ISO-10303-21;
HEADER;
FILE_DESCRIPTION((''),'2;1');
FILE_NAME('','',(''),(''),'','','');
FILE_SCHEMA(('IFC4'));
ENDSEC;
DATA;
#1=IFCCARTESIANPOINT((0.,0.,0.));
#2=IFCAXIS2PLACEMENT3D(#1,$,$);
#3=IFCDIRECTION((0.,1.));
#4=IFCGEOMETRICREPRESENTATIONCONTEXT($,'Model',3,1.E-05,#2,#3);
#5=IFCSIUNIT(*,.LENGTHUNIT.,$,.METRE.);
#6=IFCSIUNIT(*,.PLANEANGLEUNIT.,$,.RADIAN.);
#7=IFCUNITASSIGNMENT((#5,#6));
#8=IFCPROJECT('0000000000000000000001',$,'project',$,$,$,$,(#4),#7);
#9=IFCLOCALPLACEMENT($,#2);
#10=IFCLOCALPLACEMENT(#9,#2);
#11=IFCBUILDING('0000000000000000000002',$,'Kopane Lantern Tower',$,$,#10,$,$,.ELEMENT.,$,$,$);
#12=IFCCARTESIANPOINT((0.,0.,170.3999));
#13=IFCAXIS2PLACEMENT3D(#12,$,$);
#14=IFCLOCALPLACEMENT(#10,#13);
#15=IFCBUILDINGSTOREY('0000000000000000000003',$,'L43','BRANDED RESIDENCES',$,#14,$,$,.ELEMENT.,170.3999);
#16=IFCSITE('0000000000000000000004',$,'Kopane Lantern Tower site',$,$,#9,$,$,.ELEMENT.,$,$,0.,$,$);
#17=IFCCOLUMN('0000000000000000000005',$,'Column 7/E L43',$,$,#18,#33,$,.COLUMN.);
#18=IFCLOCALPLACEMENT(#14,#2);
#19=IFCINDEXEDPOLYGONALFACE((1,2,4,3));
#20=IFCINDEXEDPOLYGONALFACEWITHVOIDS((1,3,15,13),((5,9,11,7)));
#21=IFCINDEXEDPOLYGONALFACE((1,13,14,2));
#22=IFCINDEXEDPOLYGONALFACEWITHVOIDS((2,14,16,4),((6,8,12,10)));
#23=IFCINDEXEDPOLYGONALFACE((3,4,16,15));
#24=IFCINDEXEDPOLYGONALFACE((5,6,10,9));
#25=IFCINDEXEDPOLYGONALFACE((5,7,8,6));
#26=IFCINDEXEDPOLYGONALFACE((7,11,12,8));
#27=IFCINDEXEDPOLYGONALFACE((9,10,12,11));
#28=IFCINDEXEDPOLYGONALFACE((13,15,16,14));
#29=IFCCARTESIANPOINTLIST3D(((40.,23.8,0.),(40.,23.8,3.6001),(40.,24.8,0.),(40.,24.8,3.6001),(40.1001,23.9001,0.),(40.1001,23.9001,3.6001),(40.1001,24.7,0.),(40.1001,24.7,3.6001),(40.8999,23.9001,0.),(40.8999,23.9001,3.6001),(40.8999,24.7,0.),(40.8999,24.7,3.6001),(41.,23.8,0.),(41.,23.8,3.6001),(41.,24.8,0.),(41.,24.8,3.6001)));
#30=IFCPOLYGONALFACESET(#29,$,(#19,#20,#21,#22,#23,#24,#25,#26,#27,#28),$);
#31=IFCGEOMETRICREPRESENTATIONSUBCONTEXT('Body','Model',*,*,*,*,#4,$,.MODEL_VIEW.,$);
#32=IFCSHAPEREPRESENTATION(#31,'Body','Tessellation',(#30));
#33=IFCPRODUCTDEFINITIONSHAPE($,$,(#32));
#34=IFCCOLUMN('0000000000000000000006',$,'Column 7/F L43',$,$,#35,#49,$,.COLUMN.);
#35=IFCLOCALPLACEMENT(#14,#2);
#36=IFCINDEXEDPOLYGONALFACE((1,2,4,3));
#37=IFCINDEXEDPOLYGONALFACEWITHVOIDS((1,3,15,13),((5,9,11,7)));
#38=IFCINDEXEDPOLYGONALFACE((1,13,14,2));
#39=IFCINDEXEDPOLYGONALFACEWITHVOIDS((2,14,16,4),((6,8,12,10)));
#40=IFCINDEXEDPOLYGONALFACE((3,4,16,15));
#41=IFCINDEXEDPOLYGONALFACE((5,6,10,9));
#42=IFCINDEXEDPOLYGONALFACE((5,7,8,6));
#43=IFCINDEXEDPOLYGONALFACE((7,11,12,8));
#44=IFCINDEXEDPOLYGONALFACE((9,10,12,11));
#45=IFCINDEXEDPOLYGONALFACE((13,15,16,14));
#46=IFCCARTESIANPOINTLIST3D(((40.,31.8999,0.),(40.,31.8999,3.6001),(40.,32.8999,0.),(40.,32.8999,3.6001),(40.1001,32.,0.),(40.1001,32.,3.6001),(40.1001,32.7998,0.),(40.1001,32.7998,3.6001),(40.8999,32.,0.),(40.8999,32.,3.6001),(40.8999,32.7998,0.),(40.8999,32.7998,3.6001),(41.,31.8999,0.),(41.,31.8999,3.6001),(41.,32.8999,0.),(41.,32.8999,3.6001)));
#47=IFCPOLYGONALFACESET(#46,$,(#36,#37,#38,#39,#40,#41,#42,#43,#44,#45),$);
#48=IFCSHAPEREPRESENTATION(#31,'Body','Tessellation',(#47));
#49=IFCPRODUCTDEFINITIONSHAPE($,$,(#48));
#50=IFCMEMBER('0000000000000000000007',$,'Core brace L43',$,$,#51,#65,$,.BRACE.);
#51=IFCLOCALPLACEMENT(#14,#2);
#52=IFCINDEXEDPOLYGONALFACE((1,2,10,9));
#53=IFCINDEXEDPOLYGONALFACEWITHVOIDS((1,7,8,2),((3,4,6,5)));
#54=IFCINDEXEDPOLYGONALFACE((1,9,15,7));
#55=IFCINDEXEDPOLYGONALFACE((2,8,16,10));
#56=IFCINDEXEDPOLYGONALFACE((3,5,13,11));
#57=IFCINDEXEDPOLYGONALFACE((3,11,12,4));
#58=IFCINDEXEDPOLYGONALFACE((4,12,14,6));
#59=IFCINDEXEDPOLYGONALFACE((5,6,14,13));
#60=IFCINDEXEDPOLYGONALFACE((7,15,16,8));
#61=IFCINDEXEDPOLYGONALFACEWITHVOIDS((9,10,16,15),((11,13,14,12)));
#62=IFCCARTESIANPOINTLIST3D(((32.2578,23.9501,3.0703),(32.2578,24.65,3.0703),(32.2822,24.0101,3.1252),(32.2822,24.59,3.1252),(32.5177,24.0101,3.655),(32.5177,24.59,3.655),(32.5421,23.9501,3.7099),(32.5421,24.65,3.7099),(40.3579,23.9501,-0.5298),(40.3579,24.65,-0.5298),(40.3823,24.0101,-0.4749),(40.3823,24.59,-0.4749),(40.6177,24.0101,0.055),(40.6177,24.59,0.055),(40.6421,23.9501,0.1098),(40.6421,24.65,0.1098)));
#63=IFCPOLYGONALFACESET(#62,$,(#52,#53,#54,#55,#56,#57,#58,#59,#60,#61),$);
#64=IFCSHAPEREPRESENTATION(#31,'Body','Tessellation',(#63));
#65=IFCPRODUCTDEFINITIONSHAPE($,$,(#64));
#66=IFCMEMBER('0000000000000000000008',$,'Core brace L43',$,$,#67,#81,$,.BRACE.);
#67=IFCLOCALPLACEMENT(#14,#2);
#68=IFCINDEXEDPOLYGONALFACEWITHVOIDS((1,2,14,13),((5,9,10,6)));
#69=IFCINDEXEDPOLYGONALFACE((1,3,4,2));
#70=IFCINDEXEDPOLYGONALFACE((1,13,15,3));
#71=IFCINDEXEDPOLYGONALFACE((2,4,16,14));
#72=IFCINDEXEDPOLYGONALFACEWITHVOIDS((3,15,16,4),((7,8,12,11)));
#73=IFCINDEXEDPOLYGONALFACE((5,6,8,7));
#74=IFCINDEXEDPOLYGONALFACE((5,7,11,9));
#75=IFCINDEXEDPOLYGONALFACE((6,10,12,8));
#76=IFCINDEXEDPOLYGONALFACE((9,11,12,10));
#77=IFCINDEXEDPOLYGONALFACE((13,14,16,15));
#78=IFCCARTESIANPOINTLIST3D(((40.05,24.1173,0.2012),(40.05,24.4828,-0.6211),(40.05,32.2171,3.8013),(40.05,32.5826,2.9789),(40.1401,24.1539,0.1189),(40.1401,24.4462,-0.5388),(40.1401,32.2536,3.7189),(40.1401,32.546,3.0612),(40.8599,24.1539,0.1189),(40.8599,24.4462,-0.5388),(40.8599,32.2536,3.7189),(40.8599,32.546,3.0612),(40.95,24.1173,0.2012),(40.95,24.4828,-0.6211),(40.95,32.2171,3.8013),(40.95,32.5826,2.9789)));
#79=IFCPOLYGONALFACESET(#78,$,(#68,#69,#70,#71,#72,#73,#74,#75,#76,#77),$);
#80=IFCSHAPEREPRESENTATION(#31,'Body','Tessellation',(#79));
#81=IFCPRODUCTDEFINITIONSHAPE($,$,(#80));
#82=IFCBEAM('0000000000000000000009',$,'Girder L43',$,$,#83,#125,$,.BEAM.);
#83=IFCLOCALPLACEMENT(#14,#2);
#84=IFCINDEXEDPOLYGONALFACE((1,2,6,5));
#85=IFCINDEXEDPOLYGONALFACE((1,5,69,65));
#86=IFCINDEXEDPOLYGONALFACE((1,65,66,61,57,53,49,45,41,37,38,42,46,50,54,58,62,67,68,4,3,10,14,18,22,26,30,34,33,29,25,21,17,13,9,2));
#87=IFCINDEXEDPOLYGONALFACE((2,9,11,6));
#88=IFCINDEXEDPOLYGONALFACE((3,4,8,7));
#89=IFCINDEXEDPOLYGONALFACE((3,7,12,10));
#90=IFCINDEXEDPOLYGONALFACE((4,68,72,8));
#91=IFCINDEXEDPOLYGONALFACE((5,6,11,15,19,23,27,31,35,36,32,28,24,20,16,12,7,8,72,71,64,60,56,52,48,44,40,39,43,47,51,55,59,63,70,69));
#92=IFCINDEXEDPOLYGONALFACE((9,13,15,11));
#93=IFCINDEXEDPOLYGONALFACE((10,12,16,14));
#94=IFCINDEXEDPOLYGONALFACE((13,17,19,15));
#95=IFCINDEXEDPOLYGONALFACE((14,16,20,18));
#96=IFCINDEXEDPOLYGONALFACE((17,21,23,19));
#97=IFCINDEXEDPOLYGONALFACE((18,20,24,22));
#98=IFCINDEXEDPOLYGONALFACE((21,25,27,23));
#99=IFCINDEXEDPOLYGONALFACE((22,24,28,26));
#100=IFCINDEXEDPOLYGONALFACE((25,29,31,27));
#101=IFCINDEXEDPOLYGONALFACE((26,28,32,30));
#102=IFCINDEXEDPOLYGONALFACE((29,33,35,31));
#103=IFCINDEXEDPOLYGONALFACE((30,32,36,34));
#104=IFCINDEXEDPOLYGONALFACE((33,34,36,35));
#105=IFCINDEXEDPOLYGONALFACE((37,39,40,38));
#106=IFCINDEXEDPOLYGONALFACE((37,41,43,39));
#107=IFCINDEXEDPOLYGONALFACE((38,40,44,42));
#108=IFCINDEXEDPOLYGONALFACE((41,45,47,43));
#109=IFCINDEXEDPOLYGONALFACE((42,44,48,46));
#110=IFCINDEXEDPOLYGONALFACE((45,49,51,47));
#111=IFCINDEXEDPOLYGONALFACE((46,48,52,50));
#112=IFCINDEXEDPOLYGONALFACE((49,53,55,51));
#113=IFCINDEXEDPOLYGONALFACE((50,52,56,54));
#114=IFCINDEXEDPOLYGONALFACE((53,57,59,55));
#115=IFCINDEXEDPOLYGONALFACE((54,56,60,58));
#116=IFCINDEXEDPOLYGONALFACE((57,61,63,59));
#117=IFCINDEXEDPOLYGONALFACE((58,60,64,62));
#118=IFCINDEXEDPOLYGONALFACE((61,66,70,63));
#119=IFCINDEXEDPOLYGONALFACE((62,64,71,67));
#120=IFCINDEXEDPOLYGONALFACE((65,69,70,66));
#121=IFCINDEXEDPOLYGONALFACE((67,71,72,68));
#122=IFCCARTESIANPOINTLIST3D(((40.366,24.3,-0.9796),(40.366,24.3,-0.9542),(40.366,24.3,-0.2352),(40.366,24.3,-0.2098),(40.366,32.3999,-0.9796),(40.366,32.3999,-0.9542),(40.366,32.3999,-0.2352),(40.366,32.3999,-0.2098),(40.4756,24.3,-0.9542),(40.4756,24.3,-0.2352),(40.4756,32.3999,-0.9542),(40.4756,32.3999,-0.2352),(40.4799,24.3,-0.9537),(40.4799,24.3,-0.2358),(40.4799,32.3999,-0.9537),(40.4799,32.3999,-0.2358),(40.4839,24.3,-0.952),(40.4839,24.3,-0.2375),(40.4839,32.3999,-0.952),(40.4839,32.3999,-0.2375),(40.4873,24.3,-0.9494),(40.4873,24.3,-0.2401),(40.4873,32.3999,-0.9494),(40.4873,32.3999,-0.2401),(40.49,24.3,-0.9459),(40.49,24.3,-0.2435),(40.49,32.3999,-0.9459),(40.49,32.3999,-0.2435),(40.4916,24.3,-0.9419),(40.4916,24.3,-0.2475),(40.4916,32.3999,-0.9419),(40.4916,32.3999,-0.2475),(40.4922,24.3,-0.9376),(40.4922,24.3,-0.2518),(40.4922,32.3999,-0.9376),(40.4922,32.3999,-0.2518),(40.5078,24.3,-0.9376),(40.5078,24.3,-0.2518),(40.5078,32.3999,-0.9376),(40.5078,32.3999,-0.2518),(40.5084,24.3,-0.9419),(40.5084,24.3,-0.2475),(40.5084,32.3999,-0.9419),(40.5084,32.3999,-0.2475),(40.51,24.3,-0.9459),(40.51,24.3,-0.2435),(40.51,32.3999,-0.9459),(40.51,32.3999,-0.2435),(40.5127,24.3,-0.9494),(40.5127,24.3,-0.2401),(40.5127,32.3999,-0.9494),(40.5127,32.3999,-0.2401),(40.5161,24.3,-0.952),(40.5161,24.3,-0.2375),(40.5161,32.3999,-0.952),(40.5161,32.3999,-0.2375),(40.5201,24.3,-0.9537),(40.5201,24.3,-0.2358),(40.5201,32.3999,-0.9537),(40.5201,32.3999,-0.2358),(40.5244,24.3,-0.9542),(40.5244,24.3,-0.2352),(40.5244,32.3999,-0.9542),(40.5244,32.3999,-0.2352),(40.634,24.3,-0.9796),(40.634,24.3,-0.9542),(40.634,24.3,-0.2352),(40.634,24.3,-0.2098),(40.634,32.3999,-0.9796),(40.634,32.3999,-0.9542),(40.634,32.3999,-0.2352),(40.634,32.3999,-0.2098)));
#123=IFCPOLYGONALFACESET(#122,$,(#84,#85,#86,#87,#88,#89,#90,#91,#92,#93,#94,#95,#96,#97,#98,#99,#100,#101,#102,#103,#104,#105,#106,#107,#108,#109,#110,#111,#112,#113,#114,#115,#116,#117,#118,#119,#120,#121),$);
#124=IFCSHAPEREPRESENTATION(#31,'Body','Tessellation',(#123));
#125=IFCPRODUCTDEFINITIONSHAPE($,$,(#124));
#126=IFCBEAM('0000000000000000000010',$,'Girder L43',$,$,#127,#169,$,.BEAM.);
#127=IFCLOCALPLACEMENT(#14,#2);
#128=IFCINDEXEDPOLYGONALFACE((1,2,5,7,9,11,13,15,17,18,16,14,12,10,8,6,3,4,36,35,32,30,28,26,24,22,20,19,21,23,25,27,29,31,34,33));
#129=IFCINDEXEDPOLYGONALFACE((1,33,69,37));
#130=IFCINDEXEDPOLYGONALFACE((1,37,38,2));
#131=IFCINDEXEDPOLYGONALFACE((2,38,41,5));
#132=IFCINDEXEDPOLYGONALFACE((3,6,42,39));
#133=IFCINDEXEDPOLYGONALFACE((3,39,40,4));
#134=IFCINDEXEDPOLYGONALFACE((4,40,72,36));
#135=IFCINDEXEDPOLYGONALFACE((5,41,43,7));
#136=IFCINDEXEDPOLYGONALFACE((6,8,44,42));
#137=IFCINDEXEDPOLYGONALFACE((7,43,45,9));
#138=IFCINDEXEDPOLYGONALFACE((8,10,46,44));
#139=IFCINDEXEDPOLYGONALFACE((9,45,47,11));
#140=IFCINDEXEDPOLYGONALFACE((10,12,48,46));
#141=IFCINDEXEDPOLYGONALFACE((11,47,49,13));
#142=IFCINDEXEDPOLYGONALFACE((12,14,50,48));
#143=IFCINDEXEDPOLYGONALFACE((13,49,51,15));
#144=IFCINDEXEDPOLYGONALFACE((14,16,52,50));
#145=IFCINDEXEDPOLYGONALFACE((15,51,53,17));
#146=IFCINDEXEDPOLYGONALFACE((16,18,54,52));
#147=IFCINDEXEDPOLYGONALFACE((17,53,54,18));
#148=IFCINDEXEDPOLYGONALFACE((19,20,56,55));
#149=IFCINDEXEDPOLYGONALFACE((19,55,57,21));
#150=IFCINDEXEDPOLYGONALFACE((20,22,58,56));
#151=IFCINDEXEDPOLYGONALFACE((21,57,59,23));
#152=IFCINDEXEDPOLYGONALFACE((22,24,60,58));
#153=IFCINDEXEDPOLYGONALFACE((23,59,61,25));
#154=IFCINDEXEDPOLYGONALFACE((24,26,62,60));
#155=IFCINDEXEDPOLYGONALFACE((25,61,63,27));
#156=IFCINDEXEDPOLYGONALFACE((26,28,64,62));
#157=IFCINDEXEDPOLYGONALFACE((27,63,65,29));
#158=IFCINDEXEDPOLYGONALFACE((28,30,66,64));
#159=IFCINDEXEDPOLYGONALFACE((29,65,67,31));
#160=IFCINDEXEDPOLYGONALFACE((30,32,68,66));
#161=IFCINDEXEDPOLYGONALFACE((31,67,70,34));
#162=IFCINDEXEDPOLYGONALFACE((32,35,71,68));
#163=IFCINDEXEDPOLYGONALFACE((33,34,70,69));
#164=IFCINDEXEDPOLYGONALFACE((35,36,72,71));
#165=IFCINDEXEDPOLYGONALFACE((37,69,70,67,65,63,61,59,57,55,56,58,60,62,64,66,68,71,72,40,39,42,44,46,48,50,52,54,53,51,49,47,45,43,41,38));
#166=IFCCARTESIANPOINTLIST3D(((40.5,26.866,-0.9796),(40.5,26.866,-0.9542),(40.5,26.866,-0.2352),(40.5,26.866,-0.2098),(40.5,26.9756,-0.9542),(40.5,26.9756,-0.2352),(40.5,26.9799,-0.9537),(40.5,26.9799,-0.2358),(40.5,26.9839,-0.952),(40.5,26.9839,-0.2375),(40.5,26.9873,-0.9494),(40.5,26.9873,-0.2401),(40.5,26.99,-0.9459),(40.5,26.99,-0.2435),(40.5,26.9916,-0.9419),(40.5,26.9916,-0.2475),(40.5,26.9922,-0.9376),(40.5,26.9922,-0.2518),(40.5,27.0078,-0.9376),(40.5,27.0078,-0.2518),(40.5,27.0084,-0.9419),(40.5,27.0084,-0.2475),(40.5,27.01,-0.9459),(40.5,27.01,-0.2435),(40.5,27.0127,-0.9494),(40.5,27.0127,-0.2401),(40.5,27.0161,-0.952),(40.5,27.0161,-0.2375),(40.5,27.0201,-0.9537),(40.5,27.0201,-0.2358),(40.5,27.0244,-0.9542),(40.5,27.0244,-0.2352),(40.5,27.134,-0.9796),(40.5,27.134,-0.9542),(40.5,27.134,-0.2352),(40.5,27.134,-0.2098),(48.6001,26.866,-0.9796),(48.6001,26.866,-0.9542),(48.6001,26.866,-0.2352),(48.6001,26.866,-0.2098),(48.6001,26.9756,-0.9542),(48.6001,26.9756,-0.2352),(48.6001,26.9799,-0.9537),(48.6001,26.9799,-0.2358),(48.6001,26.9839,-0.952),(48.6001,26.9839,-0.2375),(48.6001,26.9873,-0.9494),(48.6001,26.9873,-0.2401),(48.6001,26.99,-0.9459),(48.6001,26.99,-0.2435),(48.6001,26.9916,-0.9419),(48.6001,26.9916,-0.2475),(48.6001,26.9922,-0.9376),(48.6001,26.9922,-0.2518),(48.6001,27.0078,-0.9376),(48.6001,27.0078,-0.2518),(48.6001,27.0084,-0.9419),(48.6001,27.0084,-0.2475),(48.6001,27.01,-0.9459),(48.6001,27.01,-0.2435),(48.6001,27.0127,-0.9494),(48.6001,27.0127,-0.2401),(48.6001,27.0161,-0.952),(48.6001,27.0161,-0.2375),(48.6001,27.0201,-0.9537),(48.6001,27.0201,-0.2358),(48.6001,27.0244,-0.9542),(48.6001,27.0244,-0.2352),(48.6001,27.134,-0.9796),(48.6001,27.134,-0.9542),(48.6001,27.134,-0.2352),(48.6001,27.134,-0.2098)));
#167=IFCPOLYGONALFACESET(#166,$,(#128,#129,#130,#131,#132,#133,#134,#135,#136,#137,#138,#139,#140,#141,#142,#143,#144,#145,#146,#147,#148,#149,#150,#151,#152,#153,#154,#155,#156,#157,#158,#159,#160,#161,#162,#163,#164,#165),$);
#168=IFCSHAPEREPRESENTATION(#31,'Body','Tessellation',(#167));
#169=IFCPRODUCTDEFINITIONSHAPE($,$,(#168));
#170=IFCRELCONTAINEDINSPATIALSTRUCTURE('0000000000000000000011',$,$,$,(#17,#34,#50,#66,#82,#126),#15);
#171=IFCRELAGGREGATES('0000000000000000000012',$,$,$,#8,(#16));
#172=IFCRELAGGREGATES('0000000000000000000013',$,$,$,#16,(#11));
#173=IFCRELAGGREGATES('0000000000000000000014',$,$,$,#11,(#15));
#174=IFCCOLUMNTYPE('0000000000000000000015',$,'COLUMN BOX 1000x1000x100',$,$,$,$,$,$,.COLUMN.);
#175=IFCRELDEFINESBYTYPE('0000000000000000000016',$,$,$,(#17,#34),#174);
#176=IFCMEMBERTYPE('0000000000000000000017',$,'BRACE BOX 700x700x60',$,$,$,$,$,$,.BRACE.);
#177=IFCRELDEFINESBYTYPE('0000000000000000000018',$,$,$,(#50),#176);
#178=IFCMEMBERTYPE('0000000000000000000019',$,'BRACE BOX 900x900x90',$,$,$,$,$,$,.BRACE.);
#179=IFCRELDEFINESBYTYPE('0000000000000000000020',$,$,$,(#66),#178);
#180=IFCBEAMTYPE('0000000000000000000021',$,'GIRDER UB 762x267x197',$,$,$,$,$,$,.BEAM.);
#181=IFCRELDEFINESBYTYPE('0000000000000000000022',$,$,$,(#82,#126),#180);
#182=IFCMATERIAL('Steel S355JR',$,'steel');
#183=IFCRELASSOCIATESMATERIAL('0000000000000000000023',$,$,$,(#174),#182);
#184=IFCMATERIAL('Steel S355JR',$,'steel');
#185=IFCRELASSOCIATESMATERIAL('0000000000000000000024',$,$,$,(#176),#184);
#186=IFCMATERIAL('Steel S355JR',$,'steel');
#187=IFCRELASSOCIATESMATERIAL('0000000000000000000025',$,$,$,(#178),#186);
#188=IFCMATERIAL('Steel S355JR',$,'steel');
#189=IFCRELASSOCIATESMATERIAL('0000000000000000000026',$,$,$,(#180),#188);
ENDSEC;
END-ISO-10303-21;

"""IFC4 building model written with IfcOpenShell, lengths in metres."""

from ifc_helpers import new_model, si_unit, direction, frame, origin, origin_2d, place, context, subcontext, project, spatial, hollow_rectangle, i_section, extrude, material, material_profile, profile_set, type_object, element, save


model = new_model("IFC4")

# Units and contexts
model_context = context("Model", 3, precision=1e-05, world=origin(), true_north=direction((0.0, 1.0)))
body_context = subcontext(model_context, "Body", "Model", "MODEL_VIEW")
ifc_project = project(units=[si_unit("LENGTHUNIT", "METRE"), si_unit("PLANEANGLEUNIT", "RADIAN")], contexts=[model_context])

# Site, building, storey
site_placement = place(None, origin())
site = spatial("IfcSite", under=ifc_project, at=site_placement, Name="Kopane Lantern Tower site", CompositionType="ELEMENT", RefElevation=0.0)
building_placement = place(site_placement, origin())
building = spatial("IfcBuilding", under=site, at=building_placement, Name="Kopane Lantern Tower", CompositionType="ELEMENT")
storey_placement = place(building_placement, frame((0.0, 0.0, 170.3999)))
storey = spatial("IfcBuildingStorey", under=building, at=storey_placement, Name="L43", Description="BRANDED RESIDENCES", CompositionType="ELEMENT", Elevation=170.3999)

# Columns
ifc_material_1 = material(Name="Steel S355JR", Category="steel")
ifc_material_profile_1 = material_profile(ifc_material_1, hollow_rectangle(XDim=1.0, YDim=1.0, WallThickness=0.1001, at=origin_2d()), Name="BOX 1000x1000x100")
ifc_profile_set_1 = profile_set([ifc_material_profile_1], Name="Steel S355JR")
column_type = type_object("IfcColumnType", Name="COLUMN BOX 1000x1000x100", PredefinedType="COLUMN", material=ifc_profile_set_1)
for number, where, z_axis, x_axis, name in (
    (1, (40.5, 24.3, 0.0), (0.0, 0.0, 1.0), (1.0, 0.0, 0.0), "Column 7/E L43"),
    (2, (40.5, 32.3999, 0.0), (0.0, 0.0, 1.0), (1.0, 0.0, 0.0), "Column 7/F L43"),
):
    element("IfcColumn", number, at=place(storey_placement, frame(where, z_axis=z_axis, x_axis=x_axis)), inside=storey, type_object=column_type, Name=name, PredefinedType="COLUMN", context=body_context, shape_type="SweptSolid", body=[
        extrude(hollow_rectangle(XDim=1.0, YDim=1.0, WallThickness=0.1001, at=origin_2d()), origin(), (0.0, 0.0, 1.0), 3.6001),
    ])

# Members
ifc_material_2 = material(Name="Steel S355JR", Category="steel")
ifc_material_profile_2 = material_profile(ifc_material_2, hollow_rectangle(XDim=0.7, YDim=0.7, WallThickness=0.0601, at=origin_2d()), Name="BOX 700x700x60")
ifc_profile_set_2 = profile_set([ifc_material_profile_2], Name="Steel S355JR")
member_type_1 = type_object("IfcMemberType", Name="BRACE BOX 700x700x60", PredefinedType="BRACE", material=ifc_profile_set_2)
member_1_placement = place(storey_placement, frame((40.5, 24.3, -0.21), z_axis=(-0.913809, 0.0, 0.406144), x_axis=(0.0, -1.0, 0.0)))
element("IfcMember", 3, at=member_1_placement, inside=storey, type_object=member_type_1, Name="Core brace L43", PredefinedType="BRACE", context=body_context, shape_type="SweptSolid", body=[
    extrude(hollow_rectangle(XDim=0.7, YDim=0.7, WallThickness=0.0601, at=origin_2d()), origin(), (0.0, 0.0, 1.0), 8.864),
])
ifc_material_3 = material(Name="Steel S355JR", Category="steel")
ifc_material_profile_3 = material_profile(ifc_material_3, hollow_rectangle(XDim=0.8999, YDim=0.8999, WallThickness=0.0901, at=origin_2d()), Name="BOX 900x900x90")
ifc_profile_set_3 = profile_set([ifc_material_profile_3], Name="Steel S355JR")
member_type_2 = type_object("IfcMemberType", Name="BRACE BOX 900x900x90", PredefinedType="BRACE", material=ifc_profile_set_3)
member_2_placement = place(storey_placement, frame((40.5, 24.3, -0.21), z_axis=(0.0, 0.913805, 0.406154), x_axis=(-1.0, 0.0, 0.0)))
element("IfcMember", 4, at=member_2_placement, inside=storey, type_object=member_type_2, Name="Core brace L43", PredefinedType="BRACE", context=body_context, shape_type="SweptSolid", body=[
    extrude(hollow_rectangle(XDim=0.8999, YDim=0.8999, WallThickness=0.0901, at=origin_2d()), origin(), (0.0, 0.0, 1.0), 8.8638),
])

# Beams
ifc_material_4 = material(Name="Steel S355JR", Category="steel")
ifc_material_profile_4 = material_profile(ifc_material_4, i_section(OverallWidth=0.2681, OverallDepth=0.7698, WebThickness=0.0156, FlangeThickness=0.0254, FilletRadius=0.0166, at=origin_2d()), Name="UB 762x267x197")
ifc_profile_set_4 = profile_set([ifc_material_profile_4], Name="Steel S355JR")
beam_type = type_object("IfcBeamType", Name="GIRDER UB 762x267x197", PredefinedType="BEAM", material=ifc_profile_set_4)
beam_1_placement = place(storey_placement, frame((40.5, 24.3, -0.5947), z_axis=(0.0, 1.0, 0.0), x_axis=(-1.0, 0.0, 0.0)))
element("IfcBeam", 5, at=beam_1_placement, inside=storey, type_object=beam_type, Name="Girder L43", PredefinedType="BEAM", context=body_context, shape_type="SweptSolid", body=[
    extrude(i_section(OverallWidth=0.2681, OverallDepth=0.7698, WebThickness=0.0156, FlangeThickness=0.0254, FilletRadius=0.0166, at=origin_2d()), origin(), (0.0, 0.0, 1.0), 8.0999),
])
beam_2_placement = place(storey_placement, frame((40.5, 27.0, -0.5947), z_axis=(1.0, 0.0, 0.0), x_axis=(0.0, 1.0, 0.0)))
element("IfcBeam", 6, at=beam_2_placement, inside=storey, type_object=beam_type, Name="Girder L43", PredefinedType="BEAM", context=body_context, shape_type="SweptSolid", body=[
    extrude(i_section(OverallWidth=0.2681, OverallDepth=0.7698, WebThickness=0.0156, FlangeThickness=0.0254, FilletRadius=0.0166, at=origin_2d()), origin(), (0.0, 0.0, 1.0), 8.1001),
])

save(model, "model.ifc")
